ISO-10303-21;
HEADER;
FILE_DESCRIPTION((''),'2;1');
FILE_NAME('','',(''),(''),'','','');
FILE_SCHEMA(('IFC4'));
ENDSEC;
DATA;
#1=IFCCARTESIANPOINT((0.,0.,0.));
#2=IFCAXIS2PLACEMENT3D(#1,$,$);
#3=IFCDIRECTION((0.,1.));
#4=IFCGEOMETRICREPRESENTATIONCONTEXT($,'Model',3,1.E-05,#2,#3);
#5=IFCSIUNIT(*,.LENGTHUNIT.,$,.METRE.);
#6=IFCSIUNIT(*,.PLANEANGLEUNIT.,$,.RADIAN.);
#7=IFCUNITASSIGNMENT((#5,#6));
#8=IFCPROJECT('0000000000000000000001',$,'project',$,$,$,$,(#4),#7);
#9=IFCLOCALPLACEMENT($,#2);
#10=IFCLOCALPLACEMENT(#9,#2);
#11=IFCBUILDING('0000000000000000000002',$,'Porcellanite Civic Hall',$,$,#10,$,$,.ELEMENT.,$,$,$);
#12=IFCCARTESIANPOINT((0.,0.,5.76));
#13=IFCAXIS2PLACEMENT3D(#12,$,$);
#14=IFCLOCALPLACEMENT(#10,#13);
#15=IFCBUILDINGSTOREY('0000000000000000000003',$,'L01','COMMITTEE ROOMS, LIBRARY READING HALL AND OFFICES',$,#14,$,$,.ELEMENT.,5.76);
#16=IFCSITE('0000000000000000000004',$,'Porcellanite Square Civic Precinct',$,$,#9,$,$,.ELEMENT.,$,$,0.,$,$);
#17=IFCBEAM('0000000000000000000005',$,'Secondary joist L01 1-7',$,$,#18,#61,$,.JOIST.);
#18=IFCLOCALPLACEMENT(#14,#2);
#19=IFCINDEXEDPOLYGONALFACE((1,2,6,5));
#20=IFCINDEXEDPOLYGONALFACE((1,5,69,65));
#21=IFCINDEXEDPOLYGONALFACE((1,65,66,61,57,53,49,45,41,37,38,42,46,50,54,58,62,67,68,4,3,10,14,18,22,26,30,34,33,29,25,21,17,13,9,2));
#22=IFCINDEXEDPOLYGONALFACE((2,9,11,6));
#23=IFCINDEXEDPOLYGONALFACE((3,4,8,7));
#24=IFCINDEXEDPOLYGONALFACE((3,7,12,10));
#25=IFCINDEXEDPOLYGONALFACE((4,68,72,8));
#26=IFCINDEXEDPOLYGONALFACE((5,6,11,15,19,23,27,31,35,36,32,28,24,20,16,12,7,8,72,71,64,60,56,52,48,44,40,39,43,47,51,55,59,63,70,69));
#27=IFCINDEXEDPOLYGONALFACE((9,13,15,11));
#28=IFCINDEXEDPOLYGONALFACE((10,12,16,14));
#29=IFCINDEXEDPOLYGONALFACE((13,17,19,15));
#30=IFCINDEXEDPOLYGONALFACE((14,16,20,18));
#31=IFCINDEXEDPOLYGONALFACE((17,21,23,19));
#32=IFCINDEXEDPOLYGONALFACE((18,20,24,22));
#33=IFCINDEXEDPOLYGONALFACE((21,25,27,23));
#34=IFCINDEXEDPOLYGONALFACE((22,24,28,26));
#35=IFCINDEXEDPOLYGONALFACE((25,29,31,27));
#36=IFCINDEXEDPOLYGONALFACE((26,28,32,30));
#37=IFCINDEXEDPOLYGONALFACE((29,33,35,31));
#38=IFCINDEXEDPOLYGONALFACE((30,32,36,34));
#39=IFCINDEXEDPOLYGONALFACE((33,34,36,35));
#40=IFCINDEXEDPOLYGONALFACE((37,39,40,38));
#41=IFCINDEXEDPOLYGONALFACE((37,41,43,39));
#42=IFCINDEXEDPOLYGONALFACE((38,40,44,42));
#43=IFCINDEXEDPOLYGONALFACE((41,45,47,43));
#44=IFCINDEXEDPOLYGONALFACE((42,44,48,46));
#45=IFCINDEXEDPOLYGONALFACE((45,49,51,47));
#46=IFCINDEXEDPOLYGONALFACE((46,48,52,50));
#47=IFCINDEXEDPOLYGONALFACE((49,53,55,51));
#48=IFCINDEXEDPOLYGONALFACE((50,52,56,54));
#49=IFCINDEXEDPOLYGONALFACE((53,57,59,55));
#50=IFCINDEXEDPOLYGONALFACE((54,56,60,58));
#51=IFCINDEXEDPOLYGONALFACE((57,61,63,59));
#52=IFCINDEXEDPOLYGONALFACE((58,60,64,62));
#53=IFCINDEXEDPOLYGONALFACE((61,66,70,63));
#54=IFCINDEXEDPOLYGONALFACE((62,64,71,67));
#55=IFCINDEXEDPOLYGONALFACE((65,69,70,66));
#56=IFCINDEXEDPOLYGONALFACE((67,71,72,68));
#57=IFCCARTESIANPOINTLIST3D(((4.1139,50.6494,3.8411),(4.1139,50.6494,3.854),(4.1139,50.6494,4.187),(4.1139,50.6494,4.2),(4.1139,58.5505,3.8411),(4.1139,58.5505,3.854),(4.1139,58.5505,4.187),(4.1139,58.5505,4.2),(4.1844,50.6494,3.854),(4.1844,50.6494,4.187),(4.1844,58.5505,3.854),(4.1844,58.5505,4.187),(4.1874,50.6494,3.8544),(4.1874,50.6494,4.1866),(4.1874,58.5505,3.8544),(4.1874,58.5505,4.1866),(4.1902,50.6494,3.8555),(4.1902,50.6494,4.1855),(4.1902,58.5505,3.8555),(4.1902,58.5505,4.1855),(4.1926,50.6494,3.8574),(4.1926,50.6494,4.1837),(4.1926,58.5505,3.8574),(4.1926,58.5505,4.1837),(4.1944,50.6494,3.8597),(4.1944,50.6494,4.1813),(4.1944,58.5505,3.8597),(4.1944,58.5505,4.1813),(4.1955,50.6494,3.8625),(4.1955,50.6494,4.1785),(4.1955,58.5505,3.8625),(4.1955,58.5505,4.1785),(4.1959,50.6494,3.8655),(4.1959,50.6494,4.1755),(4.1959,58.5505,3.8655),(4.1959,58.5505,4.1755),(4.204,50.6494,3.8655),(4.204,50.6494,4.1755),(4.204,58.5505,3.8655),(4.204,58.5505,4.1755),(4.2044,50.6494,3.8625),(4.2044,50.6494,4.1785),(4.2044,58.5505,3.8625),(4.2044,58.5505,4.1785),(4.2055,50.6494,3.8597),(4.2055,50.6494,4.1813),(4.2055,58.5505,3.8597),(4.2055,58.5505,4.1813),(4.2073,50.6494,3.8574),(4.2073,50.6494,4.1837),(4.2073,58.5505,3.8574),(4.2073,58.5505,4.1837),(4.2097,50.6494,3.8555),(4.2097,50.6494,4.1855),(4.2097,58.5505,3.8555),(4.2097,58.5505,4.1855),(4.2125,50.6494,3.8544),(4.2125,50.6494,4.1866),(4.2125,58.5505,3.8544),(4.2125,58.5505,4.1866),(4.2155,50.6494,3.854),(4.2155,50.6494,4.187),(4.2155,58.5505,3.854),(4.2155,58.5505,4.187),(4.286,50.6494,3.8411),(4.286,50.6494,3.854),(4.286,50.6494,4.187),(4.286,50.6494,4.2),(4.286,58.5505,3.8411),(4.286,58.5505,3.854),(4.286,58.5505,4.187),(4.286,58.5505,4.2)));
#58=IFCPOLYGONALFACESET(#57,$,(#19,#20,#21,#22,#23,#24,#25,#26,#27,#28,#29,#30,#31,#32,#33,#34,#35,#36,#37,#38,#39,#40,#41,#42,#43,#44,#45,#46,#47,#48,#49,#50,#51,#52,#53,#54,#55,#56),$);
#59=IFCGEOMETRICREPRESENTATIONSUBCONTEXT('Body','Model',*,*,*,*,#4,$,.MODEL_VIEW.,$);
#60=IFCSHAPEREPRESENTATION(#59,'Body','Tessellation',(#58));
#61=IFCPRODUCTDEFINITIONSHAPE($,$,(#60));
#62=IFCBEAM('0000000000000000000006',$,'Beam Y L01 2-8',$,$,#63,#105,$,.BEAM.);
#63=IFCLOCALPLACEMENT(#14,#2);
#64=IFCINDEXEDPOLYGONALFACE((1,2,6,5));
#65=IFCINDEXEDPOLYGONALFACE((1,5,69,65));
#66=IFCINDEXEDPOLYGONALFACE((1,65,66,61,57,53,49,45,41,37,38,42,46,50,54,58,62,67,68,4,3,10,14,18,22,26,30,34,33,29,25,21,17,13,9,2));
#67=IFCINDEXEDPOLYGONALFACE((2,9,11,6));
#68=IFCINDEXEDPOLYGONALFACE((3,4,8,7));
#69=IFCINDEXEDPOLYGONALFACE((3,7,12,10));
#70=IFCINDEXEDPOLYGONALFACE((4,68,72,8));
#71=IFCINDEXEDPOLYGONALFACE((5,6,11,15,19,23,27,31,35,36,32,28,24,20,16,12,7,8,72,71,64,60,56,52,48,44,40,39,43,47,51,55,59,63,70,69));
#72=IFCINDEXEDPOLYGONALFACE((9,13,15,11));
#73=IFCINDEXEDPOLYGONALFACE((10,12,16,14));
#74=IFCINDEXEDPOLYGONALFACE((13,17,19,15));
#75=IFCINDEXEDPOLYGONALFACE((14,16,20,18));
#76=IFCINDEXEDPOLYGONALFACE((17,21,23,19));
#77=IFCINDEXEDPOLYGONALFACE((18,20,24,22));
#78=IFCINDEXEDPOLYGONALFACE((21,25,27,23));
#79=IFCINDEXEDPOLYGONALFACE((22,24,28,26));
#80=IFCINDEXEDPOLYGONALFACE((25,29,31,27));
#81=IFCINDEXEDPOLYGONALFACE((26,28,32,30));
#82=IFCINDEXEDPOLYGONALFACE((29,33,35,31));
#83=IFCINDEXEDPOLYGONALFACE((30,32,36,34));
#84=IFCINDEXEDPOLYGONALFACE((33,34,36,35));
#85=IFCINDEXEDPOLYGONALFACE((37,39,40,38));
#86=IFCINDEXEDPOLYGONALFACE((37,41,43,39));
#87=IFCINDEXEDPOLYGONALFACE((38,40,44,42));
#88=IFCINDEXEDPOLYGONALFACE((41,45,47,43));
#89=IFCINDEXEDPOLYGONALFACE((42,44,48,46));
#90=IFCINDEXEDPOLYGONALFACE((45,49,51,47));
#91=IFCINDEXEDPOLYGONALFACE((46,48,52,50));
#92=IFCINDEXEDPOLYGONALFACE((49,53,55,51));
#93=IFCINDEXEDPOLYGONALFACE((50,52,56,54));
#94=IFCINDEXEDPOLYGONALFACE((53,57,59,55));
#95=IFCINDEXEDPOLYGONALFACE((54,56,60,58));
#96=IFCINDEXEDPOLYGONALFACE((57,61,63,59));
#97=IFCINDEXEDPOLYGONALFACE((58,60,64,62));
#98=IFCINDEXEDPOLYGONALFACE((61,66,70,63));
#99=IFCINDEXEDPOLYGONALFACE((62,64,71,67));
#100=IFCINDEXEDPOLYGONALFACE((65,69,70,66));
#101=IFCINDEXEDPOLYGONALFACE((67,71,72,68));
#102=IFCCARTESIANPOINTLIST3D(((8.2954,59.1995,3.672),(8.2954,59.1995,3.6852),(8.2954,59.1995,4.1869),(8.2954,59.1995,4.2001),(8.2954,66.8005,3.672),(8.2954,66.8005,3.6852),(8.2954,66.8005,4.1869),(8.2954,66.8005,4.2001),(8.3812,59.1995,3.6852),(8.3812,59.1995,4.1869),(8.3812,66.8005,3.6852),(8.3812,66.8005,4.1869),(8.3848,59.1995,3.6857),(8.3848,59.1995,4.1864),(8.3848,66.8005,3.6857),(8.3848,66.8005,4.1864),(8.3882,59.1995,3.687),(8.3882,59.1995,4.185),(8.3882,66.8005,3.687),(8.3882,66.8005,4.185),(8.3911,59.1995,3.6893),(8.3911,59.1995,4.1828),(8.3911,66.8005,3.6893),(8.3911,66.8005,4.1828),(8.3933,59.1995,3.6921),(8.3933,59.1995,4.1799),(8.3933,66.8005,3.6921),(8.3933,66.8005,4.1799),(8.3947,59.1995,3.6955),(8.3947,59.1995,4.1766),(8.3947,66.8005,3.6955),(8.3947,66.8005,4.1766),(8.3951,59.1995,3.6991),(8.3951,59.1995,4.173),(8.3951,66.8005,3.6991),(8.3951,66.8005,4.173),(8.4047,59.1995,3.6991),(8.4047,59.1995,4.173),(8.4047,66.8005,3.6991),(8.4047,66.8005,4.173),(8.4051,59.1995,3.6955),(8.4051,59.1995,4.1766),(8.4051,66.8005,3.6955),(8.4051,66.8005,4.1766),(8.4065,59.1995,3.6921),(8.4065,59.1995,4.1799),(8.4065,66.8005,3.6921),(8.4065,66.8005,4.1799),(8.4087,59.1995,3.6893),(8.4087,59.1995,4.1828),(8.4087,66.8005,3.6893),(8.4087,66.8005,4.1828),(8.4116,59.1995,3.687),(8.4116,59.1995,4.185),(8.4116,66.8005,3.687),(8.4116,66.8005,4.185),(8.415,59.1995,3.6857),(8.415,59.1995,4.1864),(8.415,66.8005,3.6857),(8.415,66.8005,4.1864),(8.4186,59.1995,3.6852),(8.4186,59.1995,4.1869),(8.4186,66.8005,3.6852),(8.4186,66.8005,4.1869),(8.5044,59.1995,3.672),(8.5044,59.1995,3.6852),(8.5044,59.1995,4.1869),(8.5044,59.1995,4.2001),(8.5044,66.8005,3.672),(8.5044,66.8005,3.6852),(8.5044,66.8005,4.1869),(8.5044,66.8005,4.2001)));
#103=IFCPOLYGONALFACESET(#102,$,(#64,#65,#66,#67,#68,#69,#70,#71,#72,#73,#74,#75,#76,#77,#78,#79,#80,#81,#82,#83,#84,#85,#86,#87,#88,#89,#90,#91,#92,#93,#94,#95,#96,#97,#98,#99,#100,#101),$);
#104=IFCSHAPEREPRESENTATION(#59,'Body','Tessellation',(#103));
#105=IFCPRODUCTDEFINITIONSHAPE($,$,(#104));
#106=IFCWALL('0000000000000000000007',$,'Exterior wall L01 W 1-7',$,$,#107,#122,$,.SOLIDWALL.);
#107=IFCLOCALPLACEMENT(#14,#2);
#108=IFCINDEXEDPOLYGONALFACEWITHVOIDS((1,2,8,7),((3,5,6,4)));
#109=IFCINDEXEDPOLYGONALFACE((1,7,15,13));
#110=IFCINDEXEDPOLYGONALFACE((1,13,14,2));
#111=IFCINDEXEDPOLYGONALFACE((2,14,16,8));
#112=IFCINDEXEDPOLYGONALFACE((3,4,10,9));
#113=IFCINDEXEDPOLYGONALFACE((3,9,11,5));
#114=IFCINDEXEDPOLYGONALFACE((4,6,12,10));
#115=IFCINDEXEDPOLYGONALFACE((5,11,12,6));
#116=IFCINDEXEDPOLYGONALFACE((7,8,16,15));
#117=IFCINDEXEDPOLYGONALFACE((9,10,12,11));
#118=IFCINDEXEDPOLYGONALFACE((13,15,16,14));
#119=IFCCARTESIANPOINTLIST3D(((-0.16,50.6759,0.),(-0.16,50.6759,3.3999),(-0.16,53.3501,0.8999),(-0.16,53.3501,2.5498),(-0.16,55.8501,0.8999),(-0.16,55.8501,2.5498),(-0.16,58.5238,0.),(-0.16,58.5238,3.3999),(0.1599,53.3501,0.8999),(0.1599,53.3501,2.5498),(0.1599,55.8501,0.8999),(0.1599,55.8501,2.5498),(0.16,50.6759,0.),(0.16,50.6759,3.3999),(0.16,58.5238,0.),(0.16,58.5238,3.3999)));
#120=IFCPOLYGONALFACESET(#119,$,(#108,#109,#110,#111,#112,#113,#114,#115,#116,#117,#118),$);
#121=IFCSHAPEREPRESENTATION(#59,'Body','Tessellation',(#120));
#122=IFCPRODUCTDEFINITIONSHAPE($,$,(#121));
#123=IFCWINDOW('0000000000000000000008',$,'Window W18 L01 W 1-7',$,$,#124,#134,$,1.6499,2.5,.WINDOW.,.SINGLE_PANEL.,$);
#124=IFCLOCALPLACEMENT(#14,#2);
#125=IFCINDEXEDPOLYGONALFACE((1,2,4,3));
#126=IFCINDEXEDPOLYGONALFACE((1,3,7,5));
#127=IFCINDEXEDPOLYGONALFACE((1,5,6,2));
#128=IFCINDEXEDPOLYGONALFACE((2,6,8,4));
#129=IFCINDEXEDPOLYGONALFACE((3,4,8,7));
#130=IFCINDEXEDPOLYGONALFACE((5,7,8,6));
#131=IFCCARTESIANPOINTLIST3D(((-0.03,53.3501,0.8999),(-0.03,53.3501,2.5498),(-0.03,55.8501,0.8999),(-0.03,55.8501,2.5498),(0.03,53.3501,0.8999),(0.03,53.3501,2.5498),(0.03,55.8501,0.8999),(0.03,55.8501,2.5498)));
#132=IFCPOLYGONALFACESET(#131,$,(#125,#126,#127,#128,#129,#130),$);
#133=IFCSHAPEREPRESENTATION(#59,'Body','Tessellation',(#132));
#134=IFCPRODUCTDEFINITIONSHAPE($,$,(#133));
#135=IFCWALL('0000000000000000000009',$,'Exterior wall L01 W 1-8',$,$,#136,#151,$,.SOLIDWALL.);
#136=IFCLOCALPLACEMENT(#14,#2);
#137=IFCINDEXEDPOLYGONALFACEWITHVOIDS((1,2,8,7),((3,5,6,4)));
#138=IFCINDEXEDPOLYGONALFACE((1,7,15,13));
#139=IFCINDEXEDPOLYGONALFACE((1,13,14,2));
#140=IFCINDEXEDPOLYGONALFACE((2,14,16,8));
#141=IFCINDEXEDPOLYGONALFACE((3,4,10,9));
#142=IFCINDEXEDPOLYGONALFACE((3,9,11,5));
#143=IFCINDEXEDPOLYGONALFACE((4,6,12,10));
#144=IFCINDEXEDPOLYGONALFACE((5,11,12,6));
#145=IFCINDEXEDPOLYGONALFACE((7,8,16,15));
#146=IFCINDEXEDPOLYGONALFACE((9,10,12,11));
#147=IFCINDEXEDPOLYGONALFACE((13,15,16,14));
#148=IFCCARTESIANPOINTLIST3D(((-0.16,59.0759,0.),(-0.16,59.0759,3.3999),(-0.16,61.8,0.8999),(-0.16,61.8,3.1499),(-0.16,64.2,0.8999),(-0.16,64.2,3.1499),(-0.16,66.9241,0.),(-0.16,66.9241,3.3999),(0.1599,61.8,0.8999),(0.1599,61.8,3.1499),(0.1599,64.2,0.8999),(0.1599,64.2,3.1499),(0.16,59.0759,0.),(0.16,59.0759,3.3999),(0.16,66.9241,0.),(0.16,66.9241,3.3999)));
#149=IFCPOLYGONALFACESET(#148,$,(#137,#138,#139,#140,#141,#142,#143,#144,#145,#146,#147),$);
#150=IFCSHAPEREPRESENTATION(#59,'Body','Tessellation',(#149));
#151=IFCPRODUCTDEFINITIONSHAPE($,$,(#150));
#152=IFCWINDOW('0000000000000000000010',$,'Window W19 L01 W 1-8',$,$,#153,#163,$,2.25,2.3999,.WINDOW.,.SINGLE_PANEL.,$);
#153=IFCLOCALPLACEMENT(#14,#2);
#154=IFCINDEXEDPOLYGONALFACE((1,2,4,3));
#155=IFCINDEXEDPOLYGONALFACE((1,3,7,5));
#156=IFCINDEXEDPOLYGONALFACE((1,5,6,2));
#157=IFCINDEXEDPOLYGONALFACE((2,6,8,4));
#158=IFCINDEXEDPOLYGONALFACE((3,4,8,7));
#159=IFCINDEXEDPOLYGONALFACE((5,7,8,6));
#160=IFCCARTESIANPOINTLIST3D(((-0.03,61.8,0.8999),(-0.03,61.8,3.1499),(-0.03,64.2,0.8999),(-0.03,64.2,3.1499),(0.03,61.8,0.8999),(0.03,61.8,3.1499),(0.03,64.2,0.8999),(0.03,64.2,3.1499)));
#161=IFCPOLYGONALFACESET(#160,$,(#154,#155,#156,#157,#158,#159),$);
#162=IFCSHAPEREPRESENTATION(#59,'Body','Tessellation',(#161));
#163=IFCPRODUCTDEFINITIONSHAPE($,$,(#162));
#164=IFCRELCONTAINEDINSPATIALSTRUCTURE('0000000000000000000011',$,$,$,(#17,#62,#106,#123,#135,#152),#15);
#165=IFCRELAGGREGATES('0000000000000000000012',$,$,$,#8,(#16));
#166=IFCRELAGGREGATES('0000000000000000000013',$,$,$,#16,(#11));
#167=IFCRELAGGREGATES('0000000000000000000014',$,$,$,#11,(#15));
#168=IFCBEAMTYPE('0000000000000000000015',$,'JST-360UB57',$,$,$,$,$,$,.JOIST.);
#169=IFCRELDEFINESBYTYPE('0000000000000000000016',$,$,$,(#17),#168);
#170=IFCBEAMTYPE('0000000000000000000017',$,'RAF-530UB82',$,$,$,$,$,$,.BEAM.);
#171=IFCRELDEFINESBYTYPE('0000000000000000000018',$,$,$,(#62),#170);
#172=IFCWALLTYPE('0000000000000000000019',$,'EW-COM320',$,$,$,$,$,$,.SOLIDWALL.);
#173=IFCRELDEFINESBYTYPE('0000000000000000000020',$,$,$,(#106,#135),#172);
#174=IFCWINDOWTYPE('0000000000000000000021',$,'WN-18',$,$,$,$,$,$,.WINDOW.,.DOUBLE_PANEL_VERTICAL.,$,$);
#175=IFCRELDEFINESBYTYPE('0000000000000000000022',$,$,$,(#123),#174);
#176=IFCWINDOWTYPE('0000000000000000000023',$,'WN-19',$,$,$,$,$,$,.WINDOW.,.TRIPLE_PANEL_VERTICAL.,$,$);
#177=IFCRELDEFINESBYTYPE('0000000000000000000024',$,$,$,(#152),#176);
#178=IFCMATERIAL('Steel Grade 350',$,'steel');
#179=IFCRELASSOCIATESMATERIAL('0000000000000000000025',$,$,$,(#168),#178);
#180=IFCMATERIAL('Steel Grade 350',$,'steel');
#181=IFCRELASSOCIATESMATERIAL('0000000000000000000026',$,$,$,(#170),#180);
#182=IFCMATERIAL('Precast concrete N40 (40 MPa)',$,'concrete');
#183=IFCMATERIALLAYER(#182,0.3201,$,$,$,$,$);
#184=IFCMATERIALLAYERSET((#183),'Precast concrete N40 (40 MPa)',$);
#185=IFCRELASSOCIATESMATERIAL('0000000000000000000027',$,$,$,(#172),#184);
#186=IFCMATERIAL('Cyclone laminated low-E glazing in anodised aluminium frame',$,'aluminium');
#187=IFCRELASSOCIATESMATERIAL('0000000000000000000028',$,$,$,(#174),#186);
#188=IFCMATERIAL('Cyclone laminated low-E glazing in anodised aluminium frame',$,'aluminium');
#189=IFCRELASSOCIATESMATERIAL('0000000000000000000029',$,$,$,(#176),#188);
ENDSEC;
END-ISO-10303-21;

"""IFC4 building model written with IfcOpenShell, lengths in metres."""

from ifc_helpers import new_model, si_unit, direction, frame, frame_2d, origin, origin_2d, place, context, subcontext, project, spatial, rectangle, i_section, extrude, material, layer, layer_set, material_profile, profile_set, type_object, element, fill, save


model = new_model("IFC4")

# Units and contexts
model_context = context("Model", 3, precision=1e-05, world=origin(), true_north=direction((0.0, 1.0)))
body_context = subcontext(model_context, "Body", "Model", "MODEL_VIEW")
ifc_project = project(units=[si_unit("LENGTHUNIT", "METRE"), si_unit("PLANEANGLEUNIT", "RADIAN")], contexts=[model_context])

# Site, building, storey
site_placement = place(None, origin())
site = spatial("IfcSite", under=ifc_project, at=site_placement, Name="Porcellanite Square Civic Precinct", CompositionType="ELEMENT", RefElevation=0.0)
building_placement = place(site_placement, origin())
building = spatial("IfcBuilding", under=site, at=building_placement, Name="Porcellanite Civic Hall", CompositionType="ELEMENT")
storey_placement = place(building_placement, frame((0.0, 0.0, 5.76)))
storey = spatial("IfcBuildingStorey", under=building, at=storey_placement, Name="L01", Description="COMMITTEE ROOMS, LIBRARY READING HALL AND OFFICES", CompositionType="ELEMENT", Elevation=5.76)

# Beams
ifc_material_1 = material(Name="Steel Grade 350", Category="steel")
ifc_material_profile_1 = material_profile(ifc_material_1, i_section(OverallWidth=0.1721, OverallDepth=0.3589, WebThickness=0.0081, FlangeThickness=0.0129, FilletRadius=0.0115, at=origin_2d()), Name="360UB56.7")
ifc_profile_set_1 = profile_set([ifc_material_profile_1], Name="Steel Grade 350")
beam_type_1 = type_object("IfcBeamType", Name="JST-360UB57", PredefinedType="JOIST", material=ifc_profile_set_1)
beam_1_placement = place(storey_placement, frame((4.2, 50.6494, 4.0205), z_axis=(0.0, 1.0, 0.0), x_axis=(-1.0, 0.0, 0.0)))
element("IfcBeam", 1, at=beam_1_placement, inside=storey, type_object=beam_type_1, Name="Secondary joist L01 1-7", PredefinedType="JOIST", context=body_context, shape_type="SweptSolid", body=[
    extrude(i_section(OverallWidth=0.1721, OverallDepth=0.3589, WebThickness=0.0081, FlangeThickness=0.0129, FilletRadius=0.0115, at=origin_2d()), origin(), (0.0, 0.0, 1.0), 7.9011),
])
ifc_material_2 = material(Name="Steel Grade 350", Category="steel")
ifc_material_profile_2 = material_profile(ifc_material_2, i_section(OverallWidth=0.209, OverallDepth=0.5281, WebThickness=0.0095, FlangeThickness=0.0132, FilletRadius=0.0139, at=origin_2d()), Name="530UB82.0")
ifc_profile_set_2 = profile_set([ifc_material_profile_2], Name="Steel Grade 350")
beam_type_2 = type_object("IfcBeamType", Name="RAF-530UB82", PredefinedType="BEAM", material=ifc_profile_set_2)
beam_2_placement = place(storey_placement, frame((8.3999, 59.1995, 3.936), z_axis=(0.0, 1.0, 0.0), x_axis=(-1.0, 0.0, 0.0)))
element("IfcBeam", 2, at=beam_2_placement, inside=storey, type_object=beam_type_2, Name="Beam Y L01 2-8", PredefinedType="BEAM", context=body_context, shape_type="SweptSolid", body=[
    extrude(i_section(OverallWidth=0.209, OverallDepth=0.5281, WebThickness=0.0095, FlangeThickness=0.0132, FilletRadius=0.0139, at=origin_2d()), origin(), (0.0, 0.0, 1.0), 7.6011),
])

# Walls, openings, windows
ifc_material_3 = material(Name="Precast concrete N40 (40 MPa)", Category="concrete")
ifc_layer_1 = layer(ifc_material_3, 0.3201)
ifc_layer_set_1 = layer_set([ifc_layer_1], Name="Precast concrete N40 (40 MPa)")
wall_type_1 = type_object("IfcWallType", Name="EW-COM320", PredefinedType="SOLIDWALL", material=ifc_layer_set_1)
wall_1_placement = place(storey_placement, frame((0.0, 50.676, 0.0), z_axis=(0.0, 0.0, 1.0), x_axis=(0.0, 1.0, 0.0)))
wall_1 = element("IfcWall", 3, at=wall_1_placement, inside=storey, type_object=wall_type_1, Name="Exterior wall L01 W 1-7", PredefinedType="SOLIDWALL", context=body_context, shape_type="SweptSolid", body=[
    extrude(rectangle(XDim=7.8479, YDim=0.3201, at=frame_2d((3.9238, 0.0))), origin(), (0.0, 0.0, 1.0), 3.3999),
])
opening_1_placement = place(wall_1_placement, frame((2.6741, 0.0, 0.8999)))
opening_1 = element("IfcOpeningElement", 4, at=opening_1_placement, cuts=wall_1, PredefinedType="OPENING", context=body_context, shape_type="SweptSolid", body=[
    extrude(rectangle(XDim=2.5, YDim=1.6499, at=frame_2d((1.25, 0.825))), frame((0.0, 0.1602, 0.0), z_axis=(0.0, -1.0, 0.0), x_axis=(1.0, 0.0, 0.0)), (0.0, 0.0, 1.0), 0.3201),
])
ifc_material_4 = material(Name="Cyclone laminated low-E glazing in anodised aluminium frame", Category="aluminium")
window_type_1 = type_object("IfcWindowType", Name="WN-18", PartitioningType="DOUBLE_PANEL_VERTICAL", PredefinedType="WINDOW", material=ifc_material_4)
window_1_placement = place(opening_1_placement, origin())
window_1 = element("IfcWindow", 5, at=window_1_placement, inside=storey, type_object=window_type_1, Name="Window W18 L01 W 1-7", OverallHeight=1.6499, OverallWidth=2.5, PartitioningType="SINGLE_PANEL", PredefinedType="WINDOW", context=body_context, shape_type="SweptSolid", body=[
    extrude(rectangle(XDim=2.5, YDim=1.6499, at=frame_2d((1.25, 0.825))), frame((0.0, 0.03, 0.0), z_axis=(0.0, -1.0, 0.0), x_axis=(1.0, 0.0, 0.0)), (0.0, 0.0, 1.0), 0.0601),
])
fill(opening_1, window_1)
wall_2_placement = place(storey_placement, frame((0.0, 59.0759, 0.0), z_axis=(0.0, 0.0, 1.0), x_axis=(0.0, 1.0, 0.0)))
wall_2 = element("IfcWall", 6, at=wall_2_placement, inside=storey, type_object=wall_type_1, Name="Exterior wall L01 W 1-8", PredefinedType="SOLIDWALL", context=body_context, shape_type="SweptSolid", body=[
    extrude(rectangle(XDim=7.8481, YDim=0.3201, at=frame_2d((3.9241, 0.0))), origin(), (0.0, 0.0, 1.0), 3.3999),
])
opening_2_placement = place(wall_2_placement, frame((2.7241, 0.0, 0.8999)))
opening_2 = element("IfcOpeningElement", 7, at=opening_2_placement, cuts=wall_2, PredefinedType="OPENING", context=body_context, shape_type="SweptSolid", body=[
    extrude(rectangle(XDim=2.3999, YDim=2.25, at=frame_2d((1.2, 1.125))), frame((0.0, 0.1602, 0.0), z_axis=(0.0, -1.0, 0.0), x_axis=(1.0, 0.0, 0.0)), (0.0, 0.0, 1.0), 0.3201),
])
ifc_material_5 = material(Name="Cyclone laminated low-E glazing in anodised aluminium frame", Category="aluminium")
window_type_2 = type_object("IfcWindowType", Name="WN-19", PartitioningType="TRIPLE_PANEL_VERTICAL", PredefinedType="WINDOW", material=ifc_material_5)
window_2_placement = place(opening_2_placement, origin())
window_2 = element("IfcWindow", 8, at=window_2_placement, inside=storey, type_object=window_type_2, Name="Window W19 L01 W 1-8", OverallHeight=2.25, OverallWidth=2.3999, PartitioningType="SINGLE_PANEL", PredefinedType="WINDOW", context=body_context, shape_type="SweptSolid", body=[
    extrude(rectangle(XDim=2.3999, YDim=2.25, at=frame_2d((1.2, 1.125))), frame((0.0, 0.03, 0.0), z_axis=(0.0, -1.0, 0.0), x_axis=(1.0, 0.0, 0.0)), (0.0, 0.0, 1.0), 0.0601),
])
fill(opening_2, window_2)

save(model, "model.ifc")
